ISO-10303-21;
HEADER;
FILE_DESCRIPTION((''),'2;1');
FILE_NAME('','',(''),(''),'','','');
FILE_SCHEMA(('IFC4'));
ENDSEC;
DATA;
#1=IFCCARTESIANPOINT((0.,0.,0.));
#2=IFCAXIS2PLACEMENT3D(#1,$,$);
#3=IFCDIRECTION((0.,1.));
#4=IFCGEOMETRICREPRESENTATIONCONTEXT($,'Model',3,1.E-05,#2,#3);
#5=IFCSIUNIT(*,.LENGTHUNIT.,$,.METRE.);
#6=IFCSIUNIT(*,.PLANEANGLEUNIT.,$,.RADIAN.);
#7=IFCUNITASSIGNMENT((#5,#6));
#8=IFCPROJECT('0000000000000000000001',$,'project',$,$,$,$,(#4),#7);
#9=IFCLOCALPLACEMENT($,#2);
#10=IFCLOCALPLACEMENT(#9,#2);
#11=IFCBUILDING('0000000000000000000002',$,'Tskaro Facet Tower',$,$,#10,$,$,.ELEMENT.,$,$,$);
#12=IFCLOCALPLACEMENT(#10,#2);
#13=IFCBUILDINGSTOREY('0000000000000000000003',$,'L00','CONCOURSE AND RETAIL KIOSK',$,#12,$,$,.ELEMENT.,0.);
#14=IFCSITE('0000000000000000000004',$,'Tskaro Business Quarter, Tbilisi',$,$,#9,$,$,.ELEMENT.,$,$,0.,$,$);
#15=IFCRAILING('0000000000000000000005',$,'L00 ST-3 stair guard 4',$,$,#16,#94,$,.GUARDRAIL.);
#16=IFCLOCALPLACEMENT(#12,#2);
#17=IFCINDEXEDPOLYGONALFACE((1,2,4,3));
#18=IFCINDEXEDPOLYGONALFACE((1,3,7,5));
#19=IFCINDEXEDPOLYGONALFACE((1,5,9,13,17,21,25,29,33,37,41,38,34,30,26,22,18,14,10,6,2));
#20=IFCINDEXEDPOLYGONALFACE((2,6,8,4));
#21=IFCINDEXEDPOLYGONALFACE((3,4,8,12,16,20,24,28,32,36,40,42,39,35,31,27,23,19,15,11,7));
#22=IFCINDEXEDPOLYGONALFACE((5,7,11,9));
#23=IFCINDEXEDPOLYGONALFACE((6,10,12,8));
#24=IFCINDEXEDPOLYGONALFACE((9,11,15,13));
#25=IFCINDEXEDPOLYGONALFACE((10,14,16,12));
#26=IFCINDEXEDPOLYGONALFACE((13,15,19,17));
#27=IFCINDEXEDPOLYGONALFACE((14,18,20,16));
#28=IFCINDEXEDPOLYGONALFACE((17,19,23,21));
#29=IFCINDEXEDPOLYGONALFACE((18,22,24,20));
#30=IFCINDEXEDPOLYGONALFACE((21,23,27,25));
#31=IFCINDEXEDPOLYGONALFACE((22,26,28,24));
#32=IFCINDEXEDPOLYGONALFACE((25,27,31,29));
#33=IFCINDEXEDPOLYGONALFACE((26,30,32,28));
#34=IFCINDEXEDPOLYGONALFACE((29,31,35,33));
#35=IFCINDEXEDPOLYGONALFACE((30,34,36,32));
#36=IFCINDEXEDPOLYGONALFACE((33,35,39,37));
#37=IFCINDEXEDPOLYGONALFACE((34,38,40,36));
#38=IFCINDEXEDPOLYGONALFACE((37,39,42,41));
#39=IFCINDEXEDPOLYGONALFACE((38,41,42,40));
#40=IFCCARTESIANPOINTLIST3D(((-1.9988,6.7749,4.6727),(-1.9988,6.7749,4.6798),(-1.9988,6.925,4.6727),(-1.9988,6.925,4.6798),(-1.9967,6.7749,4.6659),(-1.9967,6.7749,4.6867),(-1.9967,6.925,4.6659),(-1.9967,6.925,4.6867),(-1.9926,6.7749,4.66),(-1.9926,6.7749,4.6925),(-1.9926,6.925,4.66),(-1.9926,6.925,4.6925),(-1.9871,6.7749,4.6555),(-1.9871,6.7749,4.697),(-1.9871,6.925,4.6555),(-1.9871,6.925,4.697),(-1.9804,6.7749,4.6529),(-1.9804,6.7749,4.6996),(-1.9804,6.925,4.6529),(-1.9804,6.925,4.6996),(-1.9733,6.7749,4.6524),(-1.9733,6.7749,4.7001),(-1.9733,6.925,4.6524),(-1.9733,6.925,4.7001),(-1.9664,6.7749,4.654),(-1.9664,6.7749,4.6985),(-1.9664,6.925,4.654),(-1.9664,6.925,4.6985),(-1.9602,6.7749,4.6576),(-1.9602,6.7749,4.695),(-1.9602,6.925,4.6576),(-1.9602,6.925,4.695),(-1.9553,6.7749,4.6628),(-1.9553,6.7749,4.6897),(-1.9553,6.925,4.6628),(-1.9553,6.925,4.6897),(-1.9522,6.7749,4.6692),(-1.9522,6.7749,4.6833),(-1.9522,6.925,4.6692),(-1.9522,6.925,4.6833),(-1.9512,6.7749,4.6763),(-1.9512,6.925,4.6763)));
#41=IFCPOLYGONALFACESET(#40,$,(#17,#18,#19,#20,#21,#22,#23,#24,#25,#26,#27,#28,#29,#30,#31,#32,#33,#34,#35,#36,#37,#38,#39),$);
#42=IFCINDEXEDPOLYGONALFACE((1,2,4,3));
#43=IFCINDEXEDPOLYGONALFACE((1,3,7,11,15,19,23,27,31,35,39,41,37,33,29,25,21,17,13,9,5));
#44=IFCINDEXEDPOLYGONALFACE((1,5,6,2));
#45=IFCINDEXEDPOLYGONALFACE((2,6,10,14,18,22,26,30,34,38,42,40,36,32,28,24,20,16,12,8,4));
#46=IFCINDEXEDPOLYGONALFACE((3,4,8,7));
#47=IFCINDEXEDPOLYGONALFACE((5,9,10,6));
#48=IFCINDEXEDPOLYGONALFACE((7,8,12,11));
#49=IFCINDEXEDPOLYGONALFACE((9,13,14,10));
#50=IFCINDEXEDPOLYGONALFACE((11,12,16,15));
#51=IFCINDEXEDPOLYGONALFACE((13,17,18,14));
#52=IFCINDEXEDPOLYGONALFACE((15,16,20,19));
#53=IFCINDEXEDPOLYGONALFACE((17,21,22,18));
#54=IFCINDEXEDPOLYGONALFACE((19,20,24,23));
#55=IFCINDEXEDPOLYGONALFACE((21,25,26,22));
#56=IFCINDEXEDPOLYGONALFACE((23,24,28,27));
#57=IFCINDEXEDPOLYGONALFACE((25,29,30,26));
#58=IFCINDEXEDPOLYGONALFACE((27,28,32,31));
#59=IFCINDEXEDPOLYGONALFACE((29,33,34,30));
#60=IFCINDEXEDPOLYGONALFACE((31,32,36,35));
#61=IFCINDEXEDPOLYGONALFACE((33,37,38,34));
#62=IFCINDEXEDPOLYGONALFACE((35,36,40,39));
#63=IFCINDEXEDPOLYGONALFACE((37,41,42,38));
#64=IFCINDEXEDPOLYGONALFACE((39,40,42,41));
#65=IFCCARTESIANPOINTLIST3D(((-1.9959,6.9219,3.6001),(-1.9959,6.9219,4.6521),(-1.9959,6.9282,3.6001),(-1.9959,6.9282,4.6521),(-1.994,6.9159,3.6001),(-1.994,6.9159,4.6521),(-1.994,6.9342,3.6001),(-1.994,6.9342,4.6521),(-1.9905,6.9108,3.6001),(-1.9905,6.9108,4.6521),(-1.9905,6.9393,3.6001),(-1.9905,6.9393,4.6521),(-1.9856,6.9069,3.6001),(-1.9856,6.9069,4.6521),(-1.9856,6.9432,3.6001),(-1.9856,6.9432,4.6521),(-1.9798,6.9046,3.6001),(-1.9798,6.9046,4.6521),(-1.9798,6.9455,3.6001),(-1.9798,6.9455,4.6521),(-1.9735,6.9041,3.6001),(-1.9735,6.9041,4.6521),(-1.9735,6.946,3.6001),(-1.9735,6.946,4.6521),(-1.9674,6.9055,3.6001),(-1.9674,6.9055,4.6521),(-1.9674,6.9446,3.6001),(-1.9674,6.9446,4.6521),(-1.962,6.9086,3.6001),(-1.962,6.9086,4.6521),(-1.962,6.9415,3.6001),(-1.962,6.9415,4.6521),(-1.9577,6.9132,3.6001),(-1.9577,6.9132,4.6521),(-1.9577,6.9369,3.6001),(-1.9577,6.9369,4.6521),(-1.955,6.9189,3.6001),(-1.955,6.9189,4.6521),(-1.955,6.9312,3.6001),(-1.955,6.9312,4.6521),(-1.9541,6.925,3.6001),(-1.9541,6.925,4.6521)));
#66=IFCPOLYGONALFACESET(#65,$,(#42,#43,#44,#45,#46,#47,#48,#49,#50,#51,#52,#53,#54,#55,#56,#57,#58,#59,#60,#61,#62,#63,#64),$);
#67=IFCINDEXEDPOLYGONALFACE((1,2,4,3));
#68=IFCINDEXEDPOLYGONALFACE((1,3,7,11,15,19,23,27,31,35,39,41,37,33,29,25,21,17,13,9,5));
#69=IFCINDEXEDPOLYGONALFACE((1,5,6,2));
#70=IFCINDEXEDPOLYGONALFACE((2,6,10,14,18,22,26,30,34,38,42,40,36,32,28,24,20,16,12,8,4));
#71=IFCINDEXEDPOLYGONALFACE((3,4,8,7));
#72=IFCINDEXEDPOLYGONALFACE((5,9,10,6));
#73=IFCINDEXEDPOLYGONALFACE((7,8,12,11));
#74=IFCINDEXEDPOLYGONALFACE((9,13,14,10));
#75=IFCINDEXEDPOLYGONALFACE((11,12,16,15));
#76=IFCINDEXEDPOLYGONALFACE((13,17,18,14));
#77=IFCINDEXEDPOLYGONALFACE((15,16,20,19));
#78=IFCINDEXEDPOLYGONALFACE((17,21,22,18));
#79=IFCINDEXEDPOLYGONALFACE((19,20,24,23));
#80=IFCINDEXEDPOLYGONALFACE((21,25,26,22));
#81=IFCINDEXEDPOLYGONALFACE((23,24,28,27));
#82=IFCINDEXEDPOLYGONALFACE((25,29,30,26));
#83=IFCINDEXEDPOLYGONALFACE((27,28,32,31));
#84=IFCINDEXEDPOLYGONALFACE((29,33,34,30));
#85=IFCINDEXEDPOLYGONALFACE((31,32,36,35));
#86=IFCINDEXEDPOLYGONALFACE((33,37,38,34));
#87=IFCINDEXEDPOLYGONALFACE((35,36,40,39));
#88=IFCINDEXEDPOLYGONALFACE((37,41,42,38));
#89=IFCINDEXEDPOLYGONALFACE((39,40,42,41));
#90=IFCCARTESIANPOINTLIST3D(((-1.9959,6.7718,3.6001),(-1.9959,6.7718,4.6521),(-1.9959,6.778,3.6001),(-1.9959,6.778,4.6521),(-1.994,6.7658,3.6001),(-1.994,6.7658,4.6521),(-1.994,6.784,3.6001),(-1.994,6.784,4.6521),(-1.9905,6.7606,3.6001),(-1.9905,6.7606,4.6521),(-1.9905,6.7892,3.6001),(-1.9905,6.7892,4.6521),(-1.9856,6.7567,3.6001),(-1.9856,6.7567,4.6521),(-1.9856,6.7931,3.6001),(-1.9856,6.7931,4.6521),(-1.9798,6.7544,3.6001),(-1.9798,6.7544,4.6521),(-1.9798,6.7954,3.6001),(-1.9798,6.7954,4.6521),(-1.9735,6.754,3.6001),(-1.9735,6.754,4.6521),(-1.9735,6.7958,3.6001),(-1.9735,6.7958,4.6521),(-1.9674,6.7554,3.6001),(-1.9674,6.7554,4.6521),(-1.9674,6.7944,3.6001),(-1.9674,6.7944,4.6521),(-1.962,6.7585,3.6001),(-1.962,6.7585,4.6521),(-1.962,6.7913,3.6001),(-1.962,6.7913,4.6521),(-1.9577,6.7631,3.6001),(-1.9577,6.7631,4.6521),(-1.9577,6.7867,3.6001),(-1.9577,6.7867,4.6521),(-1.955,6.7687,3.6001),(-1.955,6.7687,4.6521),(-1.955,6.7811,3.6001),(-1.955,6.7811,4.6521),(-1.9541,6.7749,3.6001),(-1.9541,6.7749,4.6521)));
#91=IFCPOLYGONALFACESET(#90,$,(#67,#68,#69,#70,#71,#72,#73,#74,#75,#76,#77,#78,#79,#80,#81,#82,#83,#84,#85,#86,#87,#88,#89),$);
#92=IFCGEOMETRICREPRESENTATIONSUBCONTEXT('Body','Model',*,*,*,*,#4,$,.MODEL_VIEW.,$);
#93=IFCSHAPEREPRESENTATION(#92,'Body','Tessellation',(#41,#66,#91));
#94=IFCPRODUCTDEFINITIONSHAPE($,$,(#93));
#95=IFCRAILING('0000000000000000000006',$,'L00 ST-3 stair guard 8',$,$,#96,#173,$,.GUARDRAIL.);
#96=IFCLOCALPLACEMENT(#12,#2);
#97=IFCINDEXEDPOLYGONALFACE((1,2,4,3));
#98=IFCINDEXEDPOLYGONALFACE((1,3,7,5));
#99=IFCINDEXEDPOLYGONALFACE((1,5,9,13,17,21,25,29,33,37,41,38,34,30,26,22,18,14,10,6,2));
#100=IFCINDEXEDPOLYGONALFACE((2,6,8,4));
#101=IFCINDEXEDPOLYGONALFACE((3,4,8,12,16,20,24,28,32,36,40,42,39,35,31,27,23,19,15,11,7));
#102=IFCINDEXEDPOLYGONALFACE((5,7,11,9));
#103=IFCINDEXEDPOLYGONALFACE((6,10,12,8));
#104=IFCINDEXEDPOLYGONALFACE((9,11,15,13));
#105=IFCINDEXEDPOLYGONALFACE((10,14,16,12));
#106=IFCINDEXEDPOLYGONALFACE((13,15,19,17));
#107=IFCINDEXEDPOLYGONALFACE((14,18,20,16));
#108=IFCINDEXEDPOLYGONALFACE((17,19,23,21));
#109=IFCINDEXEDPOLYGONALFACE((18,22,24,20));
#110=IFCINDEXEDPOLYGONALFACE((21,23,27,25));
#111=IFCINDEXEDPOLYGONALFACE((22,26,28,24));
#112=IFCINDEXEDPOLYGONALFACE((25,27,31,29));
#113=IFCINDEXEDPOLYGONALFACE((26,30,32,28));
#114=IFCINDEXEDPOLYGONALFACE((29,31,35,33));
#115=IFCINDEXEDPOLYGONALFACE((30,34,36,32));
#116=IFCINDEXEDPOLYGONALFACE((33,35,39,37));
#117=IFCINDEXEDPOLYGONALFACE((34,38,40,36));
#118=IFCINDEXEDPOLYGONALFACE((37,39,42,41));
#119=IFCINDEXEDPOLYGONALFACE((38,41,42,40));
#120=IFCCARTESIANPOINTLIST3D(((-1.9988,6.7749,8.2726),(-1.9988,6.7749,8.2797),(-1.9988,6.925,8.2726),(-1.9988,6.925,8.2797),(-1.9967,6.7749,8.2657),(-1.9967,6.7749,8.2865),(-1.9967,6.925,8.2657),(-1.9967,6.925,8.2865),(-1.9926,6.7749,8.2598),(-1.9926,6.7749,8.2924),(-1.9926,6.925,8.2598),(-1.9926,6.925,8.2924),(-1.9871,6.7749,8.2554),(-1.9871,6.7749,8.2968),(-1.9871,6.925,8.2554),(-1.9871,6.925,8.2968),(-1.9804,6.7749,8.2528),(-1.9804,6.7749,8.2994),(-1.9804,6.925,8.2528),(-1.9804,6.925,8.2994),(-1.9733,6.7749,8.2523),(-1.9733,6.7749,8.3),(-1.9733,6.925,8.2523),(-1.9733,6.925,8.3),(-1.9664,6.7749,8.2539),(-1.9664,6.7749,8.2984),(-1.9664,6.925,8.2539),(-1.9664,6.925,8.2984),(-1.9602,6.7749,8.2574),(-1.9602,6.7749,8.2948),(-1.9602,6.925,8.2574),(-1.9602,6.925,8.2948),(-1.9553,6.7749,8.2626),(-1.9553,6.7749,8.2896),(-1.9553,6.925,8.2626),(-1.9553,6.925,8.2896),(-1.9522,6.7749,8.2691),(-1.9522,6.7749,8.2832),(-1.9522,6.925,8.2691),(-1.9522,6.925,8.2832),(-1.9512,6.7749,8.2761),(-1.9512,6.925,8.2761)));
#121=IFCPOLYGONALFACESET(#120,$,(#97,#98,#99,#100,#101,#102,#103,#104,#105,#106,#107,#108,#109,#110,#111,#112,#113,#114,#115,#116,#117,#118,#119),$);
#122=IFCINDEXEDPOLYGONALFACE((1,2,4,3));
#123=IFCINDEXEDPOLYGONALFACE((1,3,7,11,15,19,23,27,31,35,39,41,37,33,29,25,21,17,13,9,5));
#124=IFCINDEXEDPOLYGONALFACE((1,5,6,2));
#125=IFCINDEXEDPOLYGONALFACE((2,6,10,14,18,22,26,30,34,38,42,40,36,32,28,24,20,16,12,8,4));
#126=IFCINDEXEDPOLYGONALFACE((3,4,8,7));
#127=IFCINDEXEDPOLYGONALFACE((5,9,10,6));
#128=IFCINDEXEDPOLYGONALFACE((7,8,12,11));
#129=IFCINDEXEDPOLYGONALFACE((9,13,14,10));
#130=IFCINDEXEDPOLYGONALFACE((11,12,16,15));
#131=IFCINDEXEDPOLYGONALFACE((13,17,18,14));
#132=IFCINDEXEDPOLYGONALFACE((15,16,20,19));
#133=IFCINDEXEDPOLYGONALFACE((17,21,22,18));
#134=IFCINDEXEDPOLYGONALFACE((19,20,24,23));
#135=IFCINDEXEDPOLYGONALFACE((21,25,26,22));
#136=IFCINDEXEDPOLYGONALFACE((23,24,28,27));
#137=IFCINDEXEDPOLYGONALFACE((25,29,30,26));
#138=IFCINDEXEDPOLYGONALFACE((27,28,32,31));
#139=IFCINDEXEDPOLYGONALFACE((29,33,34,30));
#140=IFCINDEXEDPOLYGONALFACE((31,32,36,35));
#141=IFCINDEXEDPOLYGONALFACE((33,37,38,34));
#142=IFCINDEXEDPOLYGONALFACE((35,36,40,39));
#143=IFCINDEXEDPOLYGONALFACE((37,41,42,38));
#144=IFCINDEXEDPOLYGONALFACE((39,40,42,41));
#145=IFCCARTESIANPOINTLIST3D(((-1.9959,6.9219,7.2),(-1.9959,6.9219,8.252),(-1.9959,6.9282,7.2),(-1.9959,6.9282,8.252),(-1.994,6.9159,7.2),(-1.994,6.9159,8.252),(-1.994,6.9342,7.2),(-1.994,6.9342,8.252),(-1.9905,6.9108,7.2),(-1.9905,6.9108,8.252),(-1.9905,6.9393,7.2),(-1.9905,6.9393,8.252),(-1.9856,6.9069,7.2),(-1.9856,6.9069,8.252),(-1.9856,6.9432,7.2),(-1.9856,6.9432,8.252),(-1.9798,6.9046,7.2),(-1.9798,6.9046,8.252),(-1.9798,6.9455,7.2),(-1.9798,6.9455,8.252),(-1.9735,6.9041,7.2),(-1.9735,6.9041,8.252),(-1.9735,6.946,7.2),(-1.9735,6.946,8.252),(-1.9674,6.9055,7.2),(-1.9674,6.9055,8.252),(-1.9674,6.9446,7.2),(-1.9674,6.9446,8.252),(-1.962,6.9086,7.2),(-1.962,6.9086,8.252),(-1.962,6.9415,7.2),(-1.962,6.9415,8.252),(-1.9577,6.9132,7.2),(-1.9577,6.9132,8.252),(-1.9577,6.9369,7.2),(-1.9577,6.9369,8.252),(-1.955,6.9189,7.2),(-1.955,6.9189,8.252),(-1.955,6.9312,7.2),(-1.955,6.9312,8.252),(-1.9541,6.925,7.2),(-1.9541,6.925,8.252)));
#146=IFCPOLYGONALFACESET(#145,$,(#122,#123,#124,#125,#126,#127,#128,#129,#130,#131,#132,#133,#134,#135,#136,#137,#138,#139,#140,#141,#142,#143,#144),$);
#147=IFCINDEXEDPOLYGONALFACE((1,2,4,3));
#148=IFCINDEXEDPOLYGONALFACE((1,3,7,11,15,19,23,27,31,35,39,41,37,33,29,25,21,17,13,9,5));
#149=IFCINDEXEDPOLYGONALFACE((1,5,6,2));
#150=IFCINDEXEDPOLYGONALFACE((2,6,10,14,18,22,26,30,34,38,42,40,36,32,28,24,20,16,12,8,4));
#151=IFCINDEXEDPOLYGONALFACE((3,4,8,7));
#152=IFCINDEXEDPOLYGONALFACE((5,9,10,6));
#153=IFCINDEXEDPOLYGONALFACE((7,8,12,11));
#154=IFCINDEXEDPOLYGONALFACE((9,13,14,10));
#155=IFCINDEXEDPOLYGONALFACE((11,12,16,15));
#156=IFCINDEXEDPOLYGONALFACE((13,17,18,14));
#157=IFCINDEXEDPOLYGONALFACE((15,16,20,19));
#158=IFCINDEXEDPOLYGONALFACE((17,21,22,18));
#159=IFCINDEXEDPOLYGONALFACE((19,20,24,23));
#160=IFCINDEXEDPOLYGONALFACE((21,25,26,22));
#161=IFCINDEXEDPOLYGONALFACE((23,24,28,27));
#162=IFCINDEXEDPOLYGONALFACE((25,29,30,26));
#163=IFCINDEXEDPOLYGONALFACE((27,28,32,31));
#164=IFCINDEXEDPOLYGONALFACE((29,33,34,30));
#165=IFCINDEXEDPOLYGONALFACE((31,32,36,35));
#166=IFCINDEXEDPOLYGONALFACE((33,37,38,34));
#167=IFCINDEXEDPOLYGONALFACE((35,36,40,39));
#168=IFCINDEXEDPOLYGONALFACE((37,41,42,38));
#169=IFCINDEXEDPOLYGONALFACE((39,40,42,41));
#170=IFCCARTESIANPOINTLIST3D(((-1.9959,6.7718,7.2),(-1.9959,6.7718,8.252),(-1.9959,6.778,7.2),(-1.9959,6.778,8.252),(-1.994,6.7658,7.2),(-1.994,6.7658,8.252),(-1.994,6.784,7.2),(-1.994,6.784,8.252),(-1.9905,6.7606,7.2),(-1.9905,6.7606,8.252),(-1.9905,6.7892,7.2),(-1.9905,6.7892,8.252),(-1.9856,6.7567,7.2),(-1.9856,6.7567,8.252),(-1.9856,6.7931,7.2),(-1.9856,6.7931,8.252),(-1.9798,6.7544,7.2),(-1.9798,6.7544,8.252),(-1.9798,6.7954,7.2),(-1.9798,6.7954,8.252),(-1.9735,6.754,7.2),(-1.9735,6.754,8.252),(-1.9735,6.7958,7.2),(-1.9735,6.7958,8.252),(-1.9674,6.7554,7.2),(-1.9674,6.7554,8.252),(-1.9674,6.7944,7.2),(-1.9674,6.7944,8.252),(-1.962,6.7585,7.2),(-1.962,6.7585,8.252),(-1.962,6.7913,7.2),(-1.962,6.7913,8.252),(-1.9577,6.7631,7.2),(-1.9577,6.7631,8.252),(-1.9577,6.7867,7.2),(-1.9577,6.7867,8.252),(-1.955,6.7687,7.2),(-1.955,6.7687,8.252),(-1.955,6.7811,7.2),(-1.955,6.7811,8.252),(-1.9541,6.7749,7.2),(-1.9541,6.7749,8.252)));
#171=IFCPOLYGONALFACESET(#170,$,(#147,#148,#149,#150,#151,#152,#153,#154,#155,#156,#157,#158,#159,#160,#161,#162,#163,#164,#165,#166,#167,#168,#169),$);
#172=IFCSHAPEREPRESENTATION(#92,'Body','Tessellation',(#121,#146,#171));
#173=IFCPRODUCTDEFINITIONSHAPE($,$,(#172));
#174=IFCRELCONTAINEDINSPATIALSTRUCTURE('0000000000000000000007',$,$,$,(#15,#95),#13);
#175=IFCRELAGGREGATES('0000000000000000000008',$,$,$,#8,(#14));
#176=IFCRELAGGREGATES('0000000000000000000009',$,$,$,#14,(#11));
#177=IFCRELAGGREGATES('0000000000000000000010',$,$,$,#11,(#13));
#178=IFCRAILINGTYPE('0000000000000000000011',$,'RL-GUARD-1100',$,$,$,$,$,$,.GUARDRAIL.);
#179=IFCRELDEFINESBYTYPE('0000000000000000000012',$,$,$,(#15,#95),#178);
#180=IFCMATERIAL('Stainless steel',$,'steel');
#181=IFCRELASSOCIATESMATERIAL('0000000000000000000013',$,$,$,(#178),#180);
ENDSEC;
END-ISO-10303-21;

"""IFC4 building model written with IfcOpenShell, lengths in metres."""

from ifc_helpers import new_model, si_unit, direction, frame, origin, origin_2d, place, context, subcontext, project, spatial, circle, extrude, material, type_object, element, save


model = new_model("IFC4")

# Units and contexts
model_context = context("Model", 3, precision=1e-05, world=origin(), true_north=direction((0.0, 1.0)))
body_context = subcontext(model_context, "Body", "Model", "MODEL_VIEW")
ifc_project = project(units=[si_unit("LENGTHUNIT", "METRE"), si_unit("PLANEANGLEUNIT", "RADIAN")], contexts=[model_context])

# Site, building, storey
site_placement = place(None, origin())
site = spatial("IfcSite", under=ifc_project, at=site_placement, Name="Tskaro Business Quarter, Tbilisi", CompositionType="ELEMENT", RefElevation=0.0)
building_placement = place(site_placement, origin())
building = spatial("IfcBuilding", under=site, at=building_placement, Name="Tskaro Facet Tower", CompositionType="ELEMENT")
storey_placement = place(building_placement, origin())
storey = spatial("IfcBuildingStorey", under=building, at=storey_placement, Name="L00", Description="CONCOURSE AND RETAIL KIOSK", CompositionType="ELEMENT", Elevation=0.0)

# Shared definitions
ifc_material_1 = material(Name="Stainless steel", Category="steel")

# Railings
railing_type_1 = type_object("IfcRailingType", Name="RL-GUARD-1100", PredefinedType="GUARDRAIL", material=ifc_material_1)
for number, where, name in (
    (1, (-1.9751, 6.925, 3.6001), "L00 ST-3 stair guard 4"),
    (2, (-1.9751, 6.925, 7.2), "L00 ST-3 stair guard 8"),
):
    element("IfcRailing", number, at=place(storey_placement, frame(where)), inside=storey, type_object=railing_type_1, Name=name, PredefinedType="GUARDRAIL", context=body_context, shape_type="SweptSolid", body=[
        extrude(circle(Radius=0.0239, at=origin_2d()), frame((0.0, 0.0, 1.0762), z_axis=(0.0, -1.0, 0.0), x_axis=(1.0, 0.0, 0.0)), (0.0, 0.0, 1.0), 0.1501),
        extrude(circle(Radius=0.021, at=origin_2d()), origin(), (0.0, 0.0, 1.0), 1.052),
        extrude(circle(Radius=0.021, at=origin_2d()), frame((0.0, -0.1501, 0.0)), (0.0, 0.0, 1.0), 1.052),
    ])

save(model, "model.ifc")
